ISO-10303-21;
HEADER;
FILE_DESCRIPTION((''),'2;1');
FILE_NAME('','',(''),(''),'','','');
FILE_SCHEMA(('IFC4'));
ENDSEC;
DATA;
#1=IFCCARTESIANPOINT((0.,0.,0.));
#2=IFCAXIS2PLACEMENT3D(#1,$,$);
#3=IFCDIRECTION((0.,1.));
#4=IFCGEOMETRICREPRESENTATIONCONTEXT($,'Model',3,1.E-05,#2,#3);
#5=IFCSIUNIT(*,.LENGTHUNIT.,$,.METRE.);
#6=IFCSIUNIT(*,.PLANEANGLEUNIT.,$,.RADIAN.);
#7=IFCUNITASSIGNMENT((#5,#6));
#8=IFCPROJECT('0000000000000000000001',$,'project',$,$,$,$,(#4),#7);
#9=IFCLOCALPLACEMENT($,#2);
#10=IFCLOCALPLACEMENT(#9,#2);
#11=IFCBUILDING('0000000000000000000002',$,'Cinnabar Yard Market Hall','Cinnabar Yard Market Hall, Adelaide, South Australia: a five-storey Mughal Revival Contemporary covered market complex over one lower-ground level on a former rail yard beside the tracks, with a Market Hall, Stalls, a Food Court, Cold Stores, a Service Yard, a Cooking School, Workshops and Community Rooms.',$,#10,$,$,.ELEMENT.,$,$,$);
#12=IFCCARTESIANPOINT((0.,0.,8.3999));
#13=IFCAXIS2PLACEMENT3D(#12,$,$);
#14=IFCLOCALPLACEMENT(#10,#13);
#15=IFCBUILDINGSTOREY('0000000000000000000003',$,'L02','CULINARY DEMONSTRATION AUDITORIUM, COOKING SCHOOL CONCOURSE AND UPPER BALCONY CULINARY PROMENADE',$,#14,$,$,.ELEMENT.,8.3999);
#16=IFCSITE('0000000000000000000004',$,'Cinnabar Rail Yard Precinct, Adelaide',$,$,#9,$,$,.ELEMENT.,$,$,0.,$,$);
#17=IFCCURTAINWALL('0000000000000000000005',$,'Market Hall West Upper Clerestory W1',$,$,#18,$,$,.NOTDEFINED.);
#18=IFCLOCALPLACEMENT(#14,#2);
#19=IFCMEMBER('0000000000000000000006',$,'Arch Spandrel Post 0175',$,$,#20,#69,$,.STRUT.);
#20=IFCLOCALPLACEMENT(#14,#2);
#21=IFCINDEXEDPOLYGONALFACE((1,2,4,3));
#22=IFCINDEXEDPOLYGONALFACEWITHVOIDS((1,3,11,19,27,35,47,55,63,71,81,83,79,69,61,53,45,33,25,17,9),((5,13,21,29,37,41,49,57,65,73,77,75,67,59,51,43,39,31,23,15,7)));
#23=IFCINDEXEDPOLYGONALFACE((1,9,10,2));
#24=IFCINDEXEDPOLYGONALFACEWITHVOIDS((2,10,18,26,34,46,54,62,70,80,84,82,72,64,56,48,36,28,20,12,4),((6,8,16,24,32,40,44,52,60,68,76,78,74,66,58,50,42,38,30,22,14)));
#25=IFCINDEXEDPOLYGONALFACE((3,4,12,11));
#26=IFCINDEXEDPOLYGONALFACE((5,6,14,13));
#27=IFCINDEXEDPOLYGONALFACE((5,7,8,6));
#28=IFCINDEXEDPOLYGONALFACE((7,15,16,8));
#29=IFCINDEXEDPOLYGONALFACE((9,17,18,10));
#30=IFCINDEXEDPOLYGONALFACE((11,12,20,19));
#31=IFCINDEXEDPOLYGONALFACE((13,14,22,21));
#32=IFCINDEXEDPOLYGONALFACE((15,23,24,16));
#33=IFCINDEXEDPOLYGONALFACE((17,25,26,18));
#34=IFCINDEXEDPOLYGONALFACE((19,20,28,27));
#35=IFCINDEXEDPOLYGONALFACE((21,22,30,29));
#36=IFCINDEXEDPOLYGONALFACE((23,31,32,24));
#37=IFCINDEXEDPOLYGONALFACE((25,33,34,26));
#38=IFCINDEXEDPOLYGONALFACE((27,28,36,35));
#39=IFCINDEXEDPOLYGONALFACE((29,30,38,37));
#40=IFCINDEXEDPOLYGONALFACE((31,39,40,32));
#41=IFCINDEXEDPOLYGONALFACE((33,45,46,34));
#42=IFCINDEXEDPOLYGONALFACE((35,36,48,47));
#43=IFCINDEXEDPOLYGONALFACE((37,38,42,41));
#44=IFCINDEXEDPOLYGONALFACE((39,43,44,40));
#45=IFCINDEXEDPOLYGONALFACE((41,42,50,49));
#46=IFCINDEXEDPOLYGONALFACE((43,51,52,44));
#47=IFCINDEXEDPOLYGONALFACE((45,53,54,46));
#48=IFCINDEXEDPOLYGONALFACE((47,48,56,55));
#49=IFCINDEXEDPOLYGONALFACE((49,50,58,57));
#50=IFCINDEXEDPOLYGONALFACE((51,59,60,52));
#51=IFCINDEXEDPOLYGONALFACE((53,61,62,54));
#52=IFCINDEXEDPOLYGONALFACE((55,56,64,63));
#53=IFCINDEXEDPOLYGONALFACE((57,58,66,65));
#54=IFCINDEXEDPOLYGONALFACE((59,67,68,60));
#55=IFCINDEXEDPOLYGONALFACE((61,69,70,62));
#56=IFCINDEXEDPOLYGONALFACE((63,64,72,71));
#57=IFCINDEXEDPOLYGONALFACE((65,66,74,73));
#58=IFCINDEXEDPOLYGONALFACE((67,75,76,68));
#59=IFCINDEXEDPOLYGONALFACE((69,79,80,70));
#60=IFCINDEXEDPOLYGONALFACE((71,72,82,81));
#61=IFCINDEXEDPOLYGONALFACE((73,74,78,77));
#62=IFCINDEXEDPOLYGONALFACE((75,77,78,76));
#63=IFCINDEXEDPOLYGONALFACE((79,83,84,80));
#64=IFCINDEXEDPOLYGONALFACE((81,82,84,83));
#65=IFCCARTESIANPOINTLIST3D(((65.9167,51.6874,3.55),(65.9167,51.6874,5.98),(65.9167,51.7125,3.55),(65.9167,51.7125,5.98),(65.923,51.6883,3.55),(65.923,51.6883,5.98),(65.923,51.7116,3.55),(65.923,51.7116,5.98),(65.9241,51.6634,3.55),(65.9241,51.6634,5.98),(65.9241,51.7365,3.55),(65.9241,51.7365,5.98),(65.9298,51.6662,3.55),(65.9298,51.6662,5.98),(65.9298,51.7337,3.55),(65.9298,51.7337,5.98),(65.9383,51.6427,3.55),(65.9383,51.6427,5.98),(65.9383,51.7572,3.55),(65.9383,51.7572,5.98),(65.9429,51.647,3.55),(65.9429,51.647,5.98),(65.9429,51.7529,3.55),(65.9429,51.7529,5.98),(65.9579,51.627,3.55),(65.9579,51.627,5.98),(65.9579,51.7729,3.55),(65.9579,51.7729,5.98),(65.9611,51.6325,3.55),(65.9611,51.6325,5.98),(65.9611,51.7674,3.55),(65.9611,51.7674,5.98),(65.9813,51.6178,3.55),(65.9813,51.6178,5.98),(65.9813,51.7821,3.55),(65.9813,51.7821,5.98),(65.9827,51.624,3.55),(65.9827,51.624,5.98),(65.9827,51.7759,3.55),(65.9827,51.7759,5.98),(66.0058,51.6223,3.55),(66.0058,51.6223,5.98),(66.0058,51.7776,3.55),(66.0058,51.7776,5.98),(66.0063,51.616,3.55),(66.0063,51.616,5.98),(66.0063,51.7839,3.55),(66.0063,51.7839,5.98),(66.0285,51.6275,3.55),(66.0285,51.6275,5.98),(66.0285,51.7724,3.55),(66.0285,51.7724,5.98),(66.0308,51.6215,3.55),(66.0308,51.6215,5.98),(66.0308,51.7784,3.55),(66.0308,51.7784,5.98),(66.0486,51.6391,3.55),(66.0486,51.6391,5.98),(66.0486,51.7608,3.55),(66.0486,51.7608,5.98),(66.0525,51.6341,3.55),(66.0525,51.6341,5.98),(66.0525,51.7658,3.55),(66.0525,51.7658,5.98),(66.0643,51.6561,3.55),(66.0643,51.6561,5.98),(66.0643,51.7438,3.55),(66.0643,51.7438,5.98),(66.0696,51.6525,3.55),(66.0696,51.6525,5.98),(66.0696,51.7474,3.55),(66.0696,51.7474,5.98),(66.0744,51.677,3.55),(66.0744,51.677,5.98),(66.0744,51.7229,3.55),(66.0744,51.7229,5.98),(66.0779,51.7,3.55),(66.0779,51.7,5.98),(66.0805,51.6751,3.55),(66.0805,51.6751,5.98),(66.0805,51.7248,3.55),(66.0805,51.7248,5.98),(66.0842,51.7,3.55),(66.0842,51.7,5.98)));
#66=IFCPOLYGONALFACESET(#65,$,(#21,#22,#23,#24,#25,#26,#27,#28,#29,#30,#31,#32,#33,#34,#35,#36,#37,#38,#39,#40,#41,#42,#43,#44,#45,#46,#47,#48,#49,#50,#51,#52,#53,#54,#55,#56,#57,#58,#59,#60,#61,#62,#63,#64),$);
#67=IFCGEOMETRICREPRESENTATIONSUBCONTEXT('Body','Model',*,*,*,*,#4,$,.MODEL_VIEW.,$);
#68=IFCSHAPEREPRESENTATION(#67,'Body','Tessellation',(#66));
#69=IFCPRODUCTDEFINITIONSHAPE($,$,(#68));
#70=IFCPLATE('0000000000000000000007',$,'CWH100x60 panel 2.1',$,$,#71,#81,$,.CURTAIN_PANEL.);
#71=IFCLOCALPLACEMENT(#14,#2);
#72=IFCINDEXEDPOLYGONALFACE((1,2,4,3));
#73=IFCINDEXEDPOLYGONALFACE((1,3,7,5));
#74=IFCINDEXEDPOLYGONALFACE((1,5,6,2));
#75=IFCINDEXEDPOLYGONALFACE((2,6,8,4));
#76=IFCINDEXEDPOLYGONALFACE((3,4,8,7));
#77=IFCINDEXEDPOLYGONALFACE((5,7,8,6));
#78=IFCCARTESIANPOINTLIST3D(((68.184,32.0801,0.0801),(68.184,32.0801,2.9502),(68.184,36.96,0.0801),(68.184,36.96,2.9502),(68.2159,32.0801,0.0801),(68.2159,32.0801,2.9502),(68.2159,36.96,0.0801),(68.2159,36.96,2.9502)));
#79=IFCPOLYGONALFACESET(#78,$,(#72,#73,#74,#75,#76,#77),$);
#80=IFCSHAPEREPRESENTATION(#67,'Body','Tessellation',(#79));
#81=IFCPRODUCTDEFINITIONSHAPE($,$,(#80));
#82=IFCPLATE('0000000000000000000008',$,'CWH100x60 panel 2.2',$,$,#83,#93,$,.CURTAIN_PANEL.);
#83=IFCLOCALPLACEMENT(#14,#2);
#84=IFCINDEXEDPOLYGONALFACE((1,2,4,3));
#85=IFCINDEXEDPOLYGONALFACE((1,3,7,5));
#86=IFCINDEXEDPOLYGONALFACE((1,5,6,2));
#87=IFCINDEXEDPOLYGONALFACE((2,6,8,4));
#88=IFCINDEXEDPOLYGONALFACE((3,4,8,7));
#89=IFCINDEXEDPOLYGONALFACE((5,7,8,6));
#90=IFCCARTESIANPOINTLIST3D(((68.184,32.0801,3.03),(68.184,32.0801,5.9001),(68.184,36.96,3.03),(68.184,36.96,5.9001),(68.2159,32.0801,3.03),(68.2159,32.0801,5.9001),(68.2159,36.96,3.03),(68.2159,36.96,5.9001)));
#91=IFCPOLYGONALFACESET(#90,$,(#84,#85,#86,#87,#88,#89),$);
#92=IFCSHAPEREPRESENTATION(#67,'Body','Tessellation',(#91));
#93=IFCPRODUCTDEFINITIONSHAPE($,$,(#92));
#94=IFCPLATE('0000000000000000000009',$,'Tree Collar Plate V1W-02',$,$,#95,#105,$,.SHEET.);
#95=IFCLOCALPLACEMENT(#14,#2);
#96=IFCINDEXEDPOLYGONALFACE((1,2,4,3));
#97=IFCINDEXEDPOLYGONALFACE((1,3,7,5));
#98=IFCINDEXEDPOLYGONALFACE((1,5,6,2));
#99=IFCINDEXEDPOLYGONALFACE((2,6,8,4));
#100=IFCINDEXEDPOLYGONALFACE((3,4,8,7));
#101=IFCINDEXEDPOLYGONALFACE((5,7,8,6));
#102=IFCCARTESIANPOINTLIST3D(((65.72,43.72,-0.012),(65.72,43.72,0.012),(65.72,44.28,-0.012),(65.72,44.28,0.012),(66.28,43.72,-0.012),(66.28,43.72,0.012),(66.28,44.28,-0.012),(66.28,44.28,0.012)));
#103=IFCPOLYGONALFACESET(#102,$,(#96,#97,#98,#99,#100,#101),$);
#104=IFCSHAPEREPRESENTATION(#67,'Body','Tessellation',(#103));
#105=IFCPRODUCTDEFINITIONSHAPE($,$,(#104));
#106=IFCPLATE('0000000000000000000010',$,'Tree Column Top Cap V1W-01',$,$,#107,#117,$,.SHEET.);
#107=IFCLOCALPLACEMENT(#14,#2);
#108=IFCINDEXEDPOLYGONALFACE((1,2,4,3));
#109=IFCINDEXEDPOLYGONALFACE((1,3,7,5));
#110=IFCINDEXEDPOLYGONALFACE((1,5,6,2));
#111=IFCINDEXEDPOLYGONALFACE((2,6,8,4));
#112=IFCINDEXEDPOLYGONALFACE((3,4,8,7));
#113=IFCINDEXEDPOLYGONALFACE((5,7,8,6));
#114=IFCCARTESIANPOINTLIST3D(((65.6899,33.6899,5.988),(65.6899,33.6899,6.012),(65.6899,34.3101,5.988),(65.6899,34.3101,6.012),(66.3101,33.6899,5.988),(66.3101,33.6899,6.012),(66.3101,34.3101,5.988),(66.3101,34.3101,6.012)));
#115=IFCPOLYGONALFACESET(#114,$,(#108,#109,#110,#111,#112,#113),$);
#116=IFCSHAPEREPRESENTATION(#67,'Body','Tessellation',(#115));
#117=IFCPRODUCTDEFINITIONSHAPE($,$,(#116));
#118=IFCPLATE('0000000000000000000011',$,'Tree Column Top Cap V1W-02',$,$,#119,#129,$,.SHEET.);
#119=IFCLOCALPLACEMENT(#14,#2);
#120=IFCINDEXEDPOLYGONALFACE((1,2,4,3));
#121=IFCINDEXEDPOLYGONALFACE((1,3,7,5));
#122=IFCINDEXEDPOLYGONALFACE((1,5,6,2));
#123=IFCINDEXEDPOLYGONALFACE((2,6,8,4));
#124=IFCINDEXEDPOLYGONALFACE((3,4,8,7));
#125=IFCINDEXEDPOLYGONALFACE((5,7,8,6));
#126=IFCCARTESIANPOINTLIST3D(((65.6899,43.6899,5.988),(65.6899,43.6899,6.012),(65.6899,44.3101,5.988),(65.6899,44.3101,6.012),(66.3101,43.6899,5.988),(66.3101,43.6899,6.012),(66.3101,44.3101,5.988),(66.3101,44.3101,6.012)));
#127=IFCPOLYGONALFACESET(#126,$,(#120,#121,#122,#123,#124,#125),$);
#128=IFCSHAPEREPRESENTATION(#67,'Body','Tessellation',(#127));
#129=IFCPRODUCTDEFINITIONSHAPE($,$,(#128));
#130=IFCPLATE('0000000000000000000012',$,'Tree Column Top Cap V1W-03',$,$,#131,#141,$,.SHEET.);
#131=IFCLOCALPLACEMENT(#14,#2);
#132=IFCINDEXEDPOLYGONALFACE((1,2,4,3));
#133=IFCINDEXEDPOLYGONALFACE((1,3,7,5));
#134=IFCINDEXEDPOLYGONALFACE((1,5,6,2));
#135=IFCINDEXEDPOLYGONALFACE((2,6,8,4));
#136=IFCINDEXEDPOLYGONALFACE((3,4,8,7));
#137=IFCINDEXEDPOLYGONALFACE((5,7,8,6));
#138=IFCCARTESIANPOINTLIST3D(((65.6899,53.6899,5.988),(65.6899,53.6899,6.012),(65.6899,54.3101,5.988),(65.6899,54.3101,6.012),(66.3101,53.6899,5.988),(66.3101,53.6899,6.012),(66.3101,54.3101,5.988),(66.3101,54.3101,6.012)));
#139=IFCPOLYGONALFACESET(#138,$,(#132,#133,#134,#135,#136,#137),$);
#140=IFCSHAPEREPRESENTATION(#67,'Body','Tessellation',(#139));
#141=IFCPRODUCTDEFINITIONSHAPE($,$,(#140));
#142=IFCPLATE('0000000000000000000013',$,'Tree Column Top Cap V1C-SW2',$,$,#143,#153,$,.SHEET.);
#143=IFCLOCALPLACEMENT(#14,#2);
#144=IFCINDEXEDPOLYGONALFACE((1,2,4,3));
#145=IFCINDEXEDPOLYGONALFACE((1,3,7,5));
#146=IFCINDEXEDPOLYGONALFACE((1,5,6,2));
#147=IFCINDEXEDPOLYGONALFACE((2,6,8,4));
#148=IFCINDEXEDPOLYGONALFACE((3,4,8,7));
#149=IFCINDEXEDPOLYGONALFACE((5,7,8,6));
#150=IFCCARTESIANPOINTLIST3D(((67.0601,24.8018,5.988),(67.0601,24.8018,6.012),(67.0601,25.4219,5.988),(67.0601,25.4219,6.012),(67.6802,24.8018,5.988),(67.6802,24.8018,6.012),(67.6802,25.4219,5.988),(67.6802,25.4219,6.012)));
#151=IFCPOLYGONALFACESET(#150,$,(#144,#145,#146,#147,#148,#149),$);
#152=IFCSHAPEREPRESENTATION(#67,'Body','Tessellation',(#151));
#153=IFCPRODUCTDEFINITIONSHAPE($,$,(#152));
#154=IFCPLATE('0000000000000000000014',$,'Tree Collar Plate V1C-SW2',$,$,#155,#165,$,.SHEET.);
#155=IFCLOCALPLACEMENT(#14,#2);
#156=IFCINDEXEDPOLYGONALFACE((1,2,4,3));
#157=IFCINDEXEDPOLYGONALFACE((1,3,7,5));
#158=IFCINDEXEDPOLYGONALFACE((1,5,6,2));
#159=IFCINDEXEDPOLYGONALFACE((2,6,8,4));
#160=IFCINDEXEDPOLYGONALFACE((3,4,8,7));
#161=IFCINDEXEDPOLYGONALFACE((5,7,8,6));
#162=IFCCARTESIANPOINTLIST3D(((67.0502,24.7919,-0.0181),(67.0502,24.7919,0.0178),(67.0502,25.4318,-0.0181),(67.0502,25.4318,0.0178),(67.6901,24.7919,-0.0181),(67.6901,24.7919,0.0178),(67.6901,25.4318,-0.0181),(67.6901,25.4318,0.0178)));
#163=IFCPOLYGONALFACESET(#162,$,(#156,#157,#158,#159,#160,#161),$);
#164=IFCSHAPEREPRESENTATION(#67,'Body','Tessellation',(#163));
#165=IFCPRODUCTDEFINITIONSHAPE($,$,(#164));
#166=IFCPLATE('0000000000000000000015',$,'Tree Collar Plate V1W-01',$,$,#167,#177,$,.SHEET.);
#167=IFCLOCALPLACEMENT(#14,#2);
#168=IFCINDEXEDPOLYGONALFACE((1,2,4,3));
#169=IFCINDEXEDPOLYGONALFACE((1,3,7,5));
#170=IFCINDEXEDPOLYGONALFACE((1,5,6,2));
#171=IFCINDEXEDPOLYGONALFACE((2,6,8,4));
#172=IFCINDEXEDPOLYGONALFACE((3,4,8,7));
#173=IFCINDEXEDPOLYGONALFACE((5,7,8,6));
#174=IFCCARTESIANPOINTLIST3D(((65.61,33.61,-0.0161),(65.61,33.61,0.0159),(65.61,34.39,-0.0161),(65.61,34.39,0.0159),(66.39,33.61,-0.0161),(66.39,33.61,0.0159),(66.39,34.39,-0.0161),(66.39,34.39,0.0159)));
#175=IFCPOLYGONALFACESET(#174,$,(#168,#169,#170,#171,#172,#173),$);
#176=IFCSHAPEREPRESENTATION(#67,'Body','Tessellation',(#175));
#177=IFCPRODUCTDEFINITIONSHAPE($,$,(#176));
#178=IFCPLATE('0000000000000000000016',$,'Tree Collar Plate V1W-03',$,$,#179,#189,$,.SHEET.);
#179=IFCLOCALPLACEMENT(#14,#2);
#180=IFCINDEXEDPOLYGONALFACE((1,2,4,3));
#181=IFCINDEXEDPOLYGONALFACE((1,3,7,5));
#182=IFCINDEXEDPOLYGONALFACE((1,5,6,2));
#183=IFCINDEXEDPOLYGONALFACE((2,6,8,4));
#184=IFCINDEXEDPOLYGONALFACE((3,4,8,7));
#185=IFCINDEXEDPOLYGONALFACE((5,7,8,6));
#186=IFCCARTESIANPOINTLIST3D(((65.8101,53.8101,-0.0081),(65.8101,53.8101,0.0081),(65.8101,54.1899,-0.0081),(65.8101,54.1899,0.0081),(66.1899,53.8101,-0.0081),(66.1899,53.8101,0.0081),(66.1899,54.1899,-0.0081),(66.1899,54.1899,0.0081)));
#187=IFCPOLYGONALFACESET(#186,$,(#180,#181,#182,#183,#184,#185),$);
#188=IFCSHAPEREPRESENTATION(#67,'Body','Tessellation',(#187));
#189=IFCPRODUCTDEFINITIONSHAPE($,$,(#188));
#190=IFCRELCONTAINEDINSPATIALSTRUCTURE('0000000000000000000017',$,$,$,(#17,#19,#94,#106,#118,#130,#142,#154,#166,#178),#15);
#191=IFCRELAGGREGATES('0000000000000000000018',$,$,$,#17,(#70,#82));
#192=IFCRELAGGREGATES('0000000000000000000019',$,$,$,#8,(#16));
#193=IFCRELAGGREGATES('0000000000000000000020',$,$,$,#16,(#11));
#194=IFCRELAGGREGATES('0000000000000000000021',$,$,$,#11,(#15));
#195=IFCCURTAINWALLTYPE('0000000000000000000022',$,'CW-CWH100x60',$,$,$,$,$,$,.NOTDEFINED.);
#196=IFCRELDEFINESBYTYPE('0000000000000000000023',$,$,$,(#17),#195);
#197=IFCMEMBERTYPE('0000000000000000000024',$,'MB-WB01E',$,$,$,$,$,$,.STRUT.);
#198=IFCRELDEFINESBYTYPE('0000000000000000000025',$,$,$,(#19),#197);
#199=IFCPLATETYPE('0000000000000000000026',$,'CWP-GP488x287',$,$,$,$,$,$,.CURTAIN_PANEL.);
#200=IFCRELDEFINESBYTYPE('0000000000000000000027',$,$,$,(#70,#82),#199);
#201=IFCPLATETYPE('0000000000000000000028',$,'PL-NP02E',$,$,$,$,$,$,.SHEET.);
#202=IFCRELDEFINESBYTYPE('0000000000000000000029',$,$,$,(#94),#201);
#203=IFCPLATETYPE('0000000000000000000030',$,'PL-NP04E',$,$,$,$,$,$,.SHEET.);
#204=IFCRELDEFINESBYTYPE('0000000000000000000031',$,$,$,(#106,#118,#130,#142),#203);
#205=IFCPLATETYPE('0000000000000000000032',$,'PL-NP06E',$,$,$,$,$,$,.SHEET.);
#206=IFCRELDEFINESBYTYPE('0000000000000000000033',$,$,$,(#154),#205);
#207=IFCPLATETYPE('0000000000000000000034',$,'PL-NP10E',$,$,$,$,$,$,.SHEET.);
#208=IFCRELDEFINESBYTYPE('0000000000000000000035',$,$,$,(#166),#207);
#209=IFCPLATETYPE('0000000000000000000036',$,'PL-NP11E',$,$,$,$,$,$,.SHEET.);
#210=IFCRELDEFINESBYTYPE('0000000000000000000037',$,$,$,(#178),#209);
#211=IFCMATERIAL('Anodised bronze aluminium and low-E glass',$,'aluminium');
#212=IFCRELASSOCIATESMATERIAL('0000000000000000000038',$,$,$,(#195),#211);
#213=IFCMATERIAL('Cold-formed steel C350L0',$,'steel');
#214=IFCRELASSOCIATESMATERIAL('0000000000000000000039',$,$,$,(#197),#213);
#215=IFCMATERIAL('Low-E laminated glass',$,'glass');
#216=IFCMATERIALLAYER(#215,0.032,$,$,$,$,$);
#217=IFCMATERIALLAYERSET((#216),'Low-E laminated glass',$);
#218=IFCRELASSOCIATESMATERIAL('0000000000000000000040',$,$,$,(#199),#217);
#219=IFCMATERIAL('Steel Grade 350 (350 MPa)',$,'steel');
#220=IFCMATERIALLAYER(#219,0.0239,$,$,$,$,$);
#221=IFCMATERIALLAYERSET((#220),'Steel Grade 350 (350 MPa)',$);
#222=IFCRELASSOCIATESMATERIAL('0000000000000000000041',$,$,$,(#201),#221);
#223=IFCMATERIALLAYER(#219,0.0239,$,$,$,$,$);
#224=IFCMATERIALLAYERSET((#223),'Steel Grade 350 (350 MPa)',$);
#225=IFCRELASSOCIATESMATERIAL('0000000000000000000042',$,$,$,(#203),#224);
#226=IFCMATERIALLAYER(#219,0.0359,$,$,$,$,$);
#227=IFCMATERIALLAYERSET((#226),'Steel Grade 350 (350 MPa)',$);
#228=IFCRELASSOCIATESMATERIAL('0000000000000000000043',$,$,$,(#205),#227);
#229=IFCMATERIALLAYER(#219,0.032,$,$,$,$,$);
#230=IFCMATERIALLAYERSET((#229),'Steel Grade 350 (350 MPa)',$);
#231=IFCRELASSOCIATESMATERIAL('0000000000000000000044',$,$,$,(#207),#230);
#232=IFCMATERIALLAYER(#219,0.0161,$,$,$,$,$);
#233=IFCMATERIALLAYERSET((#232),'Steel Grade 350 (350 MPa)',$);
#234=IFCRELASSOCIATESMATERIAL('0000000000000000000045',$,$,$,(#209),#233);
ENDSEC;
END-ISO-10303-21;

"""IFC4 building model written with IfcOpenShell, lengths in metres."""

from ifc_helpers import new_model, si_unit, direction, frame, origin, origin_2d_with_axis, place, context, subcontext, project, spatial, rectangle, hollow_circle, extrude, material, layer, layer_set, material_profile, profile_set, type_object, element, aggregate, save


model = new_model("IFC4")

# Units and contexts
model_context = context("Model", 3, precision=1e-05, world=origin(), true_north=direction((0.0, 1.0)))
body_context = subcontext(model_context, "Body", "Model", "MODEL_VIEW")
ifc_project = project(units=[si_unit("LENGTHUNIT", "METRE"), si_unit("PLANEANGLEUNIT", "RADIAN")], contexts=[model_context])

# Site, building, storey
site_placement = place(None, origin())
site = spatial("IfcSite", under=ifc_project, at=site_placement, Name="Cinnabar Rail Yard Precinct, Adelaide", CompositionType="ELEMENT", RefElevation=0.0)
building_placement = place(site_placement, origin())
building = spatial("IfcBuilding", under=site, at=building_placement, Name="Cinnabar Yard Market Hall", Description="Cinnabar Yard Market Hall, Adelaide, South Australia: a five-storey Mughal Revival Contemporary covered market complex over one lower-ground level on a former rail yard beside the tracks, with a Market Hall, Stalls, a Food Court, Cold Stores, a Service Yard, a Cooking School, Workshops and Community Rooms.", CompositionType="ELEMENT")
storey_placement = place(building_placement, frame((0.0, 0.0, 8.3999)))
storey = spatial("IfcBuildingStorey", under=building, at=storey_placement, Name="L02", Description="CULINARY DEMONSTRATION AUDITORIUM, COOKING SCHOOL CONCOURSE AND UPPER BALCONY CULINARY PROMENADE", CompositionType="ELEMENT", Elevation=8.3999)

# Curtain wall
ifc_material_1 = material(Name="Anodised bronze aluminium and low-E glass", Category="aluminium")
curtain_wall_type = type_object("IfcCurtainWallType", Name="CW-CWH100x60", PredefinedType="NOTDEFINED", material=ifc_material_1)
curtain_wall_placement = place(storey_placement, origin())
curtain_wall = element("IfcCurtainWall", 1, at=curtain_wall_placement, inside=storey, type_object=curtain_wall_type, Name="Market Hall West Upper Clerestory W1", PredefinedType="NOTDEFINED")

# Member
ifc_material_2 = material(Name="Cold-formed steel C350L0", Category="steel")
ifc_material_profile_1 = material_profile(ifc_material_2, hollow_circle(Radius=0.0842, WallThickness=0.0063, at=origin_2d_with_axis()), Name="168.3x6.4CHS")
ifc_profile_set_1 = profile_set([ifc_material_profile_1], Name="Cold-formed steel C350L0")
member_type_1 = type_object("IfcMemberType", Name="MB-WB01E", PredefinedType="STRUT", material=ifc_profile_set_1)
for number, where, z_axis, x_axis, name in (
    (2, (66.0, 51.7, 3.55), (0.0, 0.0, 1.0), (1.0, 0.0, 0.0), "Arch Spandrel Post 0175"),
):
    element("IfcMember", number, at=place(storey_placement, frame(where, z_axis=z_axis, x_axis=x_axis)), inside=storey, type_object=member_type_1, Name=name, PredefinedType="STRUT", context=body_context, shape_type="SweptSolid", body=[
        extrude(hollow_circle(Radius=0.0842, WallThickness=0.0063, at=origin_2d_with_axis()), origin(), (0.0, 0.0, 1.0), 2.4299),
    ])

# Plates
ifc_material_3 = material(Name="Low-E laminated glass", Category="glass")
ifc_layer_1 = layer(ifc_material_3, 0.032)
ifc_layer_set_1 = layer_set([ifc_layer_1], Name="Low-E laminated glass")
plate_type_1 = type_object("IfcPlateType", Name="CWP-GP488x287", PredefinedType="CURTAIN_PANEL", material=ifc_layer_set_1)
plate_1_placement = place(storey_placement, frame((68.2, 34.52, 0.0801), z_axis=(0.0, 0.0, 1.0), x_axis=(0.0, -1.0, 0.0)))
plate_1 = element("IfcPlate", 3, at=plate_1_placement, type_object=plate_type_1, Name="CWH100x60 panel 2.1", PredefinedType="CURTAIN_PANEL", context=body_context, shape_type="SweptSolid", body=[
    extrude(rectangle(XDim=4.8799, YDim=0.032, at=origin_2d_with_axis()), origin(), (0.0, 0.0, 1.0), 2.8701),
])
plate_2_placement = place(storey_placement, frame((68.2, 34.52, 3.03), z_axis=(0.0, 0.0, 1.0), x_axis=(0.0, -1.0, 0.0)))
plate_2 = element("IfcPlate", 4, at=plate_2_placement, type_object=plate_type_1, Name="CWH100x60 panel 2.2", PredefinedType="CURTAIN_PANEL", context=body_context, shape_type="SweptSolid", body=[
    extrude(rectangle(XDim=4.8799, YDim=0.032, at=origin_2d_with_axis()), origin(), (0.0, 0.0, 1.0), 2.8701),
])
aggregate(curtain_wall, [plate_1, plate_2])

# Plates
ifc_material_4 = material(Name="Steel Grade 350 (350 MPa)", Category="steel")
ifc_layer_2 = layer(ifc_material_4, 0.0239)
ifc_layer_set_2 = layer_set([ifc_layer_2], Name="Steel Grade 350 (350 MPa)")
plate_type_2 = type_object("IfcPlateType", Name="PL-NP02E", PredefinedType="SHEET", material=ifc_layer_set_2)
plate_3_placement = place(storey_placement, frame((66.0, 44.0, -0.012), z_axis=(0.0, 0.0, 1.0), x_axis=(1.0, 0.0, 0.0)))
element("IfcPlate", 5, at=plate_3_placement, inside=storey, type_object=plate_type_2, Name="Tree Collar Plate V1W-02", PredefinedType="SHEET", context=body_context, shape_type="SweptSolid", body=[
    extrude(rectangle(XDim=0.5601, YDim=0.5601, at=origin_2d_with_axis()), origin(), (0.0, 0.0, 1.0), 0.0239),
])
ifc_layer_3 = layer(ifc_material_4, 0.0239)
ifc_layer_set_3 = layer_set([ifc_layer_3], Name="Steel Grade 350 (350 MPa)")
plate_type_3 = type_object("IfcPlateType", Name="PL-NP04E", PredefinedType="SHEET", material=ifc_layer_set_3)
for number, where, z_axis, x_axis, name in (
    (6, (66.0, 34.0, 5.988), (0.0, 0.0, 1.0), (1.0, 0.0, 0.0), "Tree Column Top Cap V1W-01"),
    (7, (66.0, 44.0, 5.988), (0.0, 0.0, 1.0), (1.0, 0.0, 0.0), "Tree Column Top Cap V1W-02"),
    (8, (66.0, 54.0, 5.988), (0.0, 0.0, 1.0), (1.0, 0.0, 0.0), "Tree Column Top Cap V1W-03"),
    (9, (67.3701, 25.1118, 5.988), (0.0, 0.0, 1.0), (1.0, 0.0, 0.0), "Tree Column Top Cap V1C-SW2"),
):
    element("IfcPlate", number, at=place(storey_placement, frame(where, z_axis=z_axis, x_axis=x_axis)), inside=storey, type_object=plate_type_3, Name=name, PredefinedType="SHEET", context=body_context, shape_type="SweptSolid", body=[
        extrude(rectangle(XDim=0.6201, YDim=0.6201, at=origin_2d_with_axis()), origin(), (0.0, 0.0, 1.0), 0.0239),
    ])
ifc_layer_4 = layer(ifc_material_4, 0.0359)
ifc_layer_set_4 = layer_set([ifc_layer_4], Name="Steel Grade 350 (350 MPa)")
plate_type_4 = type_object("IfcPlateType", Name="PL-NP06E", PredefinedType="SHEET", material=ifc_layer_set_4)
plate_4_placement = place(storey_placement, frame((67.3701, 25.1118, -0.0181), z_axis=(0.0, 0.0, 1.0), x_axis=(1.0, 0.0, 0.0)))
element("IfcPlate", 10, at=plate_4_placement, inside=storey, type_object=plate_type_4, Name="Tree Collar Plate V1C-SW2", PredefinedType="SHEET", context=body_context, shape_type="SweptSolid", body=[
    extrude(rectangle(XDim=0.6399, YDim=0.6399, at=origin_2d_with_axis()), origin(), (0.0, 0.0, 1.0), 0.0359),
])
ifc_layer_5 = layer(ifc_material_4, 0.032)
ifc_layer_set_5 = layer_set([ifc_layer_5], Name="Steel Grade 350 (350 MPa)")
plate_type_5 = type_object("IfcPlateType", Name="PL-NP10E", PredefinedType="SHEET", material=ifc_layer_set_5)
plate_5_placement = place(storey_placement, frame((66.0, 34.0, -0.0161), z_axis=(0.0, 0.0, 1.0), x_axis=(1.0, 0.0, 0.0)))
element("IfcPlate", 11, at=plate_5_placement, inside=storey, type_object=plate_type_5, Name="Tree Collar Plate V1W-01", PredefinedType="SHEET", context=body_context, shape_type="SweptSolid", body=[
    extrude(rectangle(XDim=0.78, YDim=0.78, at=origin_2d_with_axis()), origin(), (0.0, 0.0, 1.0), 0.032),
])
ifc_layer_6 = layer(ifc_material_4, 0.0161)
ifc_layer_set_6 = layer_set([ifc_layer_6], Name="Steel Grade 350 (350 MPa)")
plate_type_6 = type_object("IfcPlateType", Name="PL-NP11E", PredefinedType="SHEET", material=ifc_layer_set_6)
plate_6_placement = place(storey_placement, frame((66.0, 54.0, -0.0081), z_axis=(0.0, 0.0, 1.0), x_axis=(1.0, 0.0, 0.0)))
element("IfcPlate", 12, at=plate_6_placement, inside=storey, type_object=plate_type_6, Name="Tree Collar Plate V1W-03", PredefinedType="SHEET", context=body_context, shape_type="SweptSolid", body=[
    extrude(rectangle(XDim=0.3799, YDim=0.3799, at=origin_2d_with_axis()), origin(), (0.0, 0.0, 1.0), 0.0161),
])

save(model, "model.ifc")
